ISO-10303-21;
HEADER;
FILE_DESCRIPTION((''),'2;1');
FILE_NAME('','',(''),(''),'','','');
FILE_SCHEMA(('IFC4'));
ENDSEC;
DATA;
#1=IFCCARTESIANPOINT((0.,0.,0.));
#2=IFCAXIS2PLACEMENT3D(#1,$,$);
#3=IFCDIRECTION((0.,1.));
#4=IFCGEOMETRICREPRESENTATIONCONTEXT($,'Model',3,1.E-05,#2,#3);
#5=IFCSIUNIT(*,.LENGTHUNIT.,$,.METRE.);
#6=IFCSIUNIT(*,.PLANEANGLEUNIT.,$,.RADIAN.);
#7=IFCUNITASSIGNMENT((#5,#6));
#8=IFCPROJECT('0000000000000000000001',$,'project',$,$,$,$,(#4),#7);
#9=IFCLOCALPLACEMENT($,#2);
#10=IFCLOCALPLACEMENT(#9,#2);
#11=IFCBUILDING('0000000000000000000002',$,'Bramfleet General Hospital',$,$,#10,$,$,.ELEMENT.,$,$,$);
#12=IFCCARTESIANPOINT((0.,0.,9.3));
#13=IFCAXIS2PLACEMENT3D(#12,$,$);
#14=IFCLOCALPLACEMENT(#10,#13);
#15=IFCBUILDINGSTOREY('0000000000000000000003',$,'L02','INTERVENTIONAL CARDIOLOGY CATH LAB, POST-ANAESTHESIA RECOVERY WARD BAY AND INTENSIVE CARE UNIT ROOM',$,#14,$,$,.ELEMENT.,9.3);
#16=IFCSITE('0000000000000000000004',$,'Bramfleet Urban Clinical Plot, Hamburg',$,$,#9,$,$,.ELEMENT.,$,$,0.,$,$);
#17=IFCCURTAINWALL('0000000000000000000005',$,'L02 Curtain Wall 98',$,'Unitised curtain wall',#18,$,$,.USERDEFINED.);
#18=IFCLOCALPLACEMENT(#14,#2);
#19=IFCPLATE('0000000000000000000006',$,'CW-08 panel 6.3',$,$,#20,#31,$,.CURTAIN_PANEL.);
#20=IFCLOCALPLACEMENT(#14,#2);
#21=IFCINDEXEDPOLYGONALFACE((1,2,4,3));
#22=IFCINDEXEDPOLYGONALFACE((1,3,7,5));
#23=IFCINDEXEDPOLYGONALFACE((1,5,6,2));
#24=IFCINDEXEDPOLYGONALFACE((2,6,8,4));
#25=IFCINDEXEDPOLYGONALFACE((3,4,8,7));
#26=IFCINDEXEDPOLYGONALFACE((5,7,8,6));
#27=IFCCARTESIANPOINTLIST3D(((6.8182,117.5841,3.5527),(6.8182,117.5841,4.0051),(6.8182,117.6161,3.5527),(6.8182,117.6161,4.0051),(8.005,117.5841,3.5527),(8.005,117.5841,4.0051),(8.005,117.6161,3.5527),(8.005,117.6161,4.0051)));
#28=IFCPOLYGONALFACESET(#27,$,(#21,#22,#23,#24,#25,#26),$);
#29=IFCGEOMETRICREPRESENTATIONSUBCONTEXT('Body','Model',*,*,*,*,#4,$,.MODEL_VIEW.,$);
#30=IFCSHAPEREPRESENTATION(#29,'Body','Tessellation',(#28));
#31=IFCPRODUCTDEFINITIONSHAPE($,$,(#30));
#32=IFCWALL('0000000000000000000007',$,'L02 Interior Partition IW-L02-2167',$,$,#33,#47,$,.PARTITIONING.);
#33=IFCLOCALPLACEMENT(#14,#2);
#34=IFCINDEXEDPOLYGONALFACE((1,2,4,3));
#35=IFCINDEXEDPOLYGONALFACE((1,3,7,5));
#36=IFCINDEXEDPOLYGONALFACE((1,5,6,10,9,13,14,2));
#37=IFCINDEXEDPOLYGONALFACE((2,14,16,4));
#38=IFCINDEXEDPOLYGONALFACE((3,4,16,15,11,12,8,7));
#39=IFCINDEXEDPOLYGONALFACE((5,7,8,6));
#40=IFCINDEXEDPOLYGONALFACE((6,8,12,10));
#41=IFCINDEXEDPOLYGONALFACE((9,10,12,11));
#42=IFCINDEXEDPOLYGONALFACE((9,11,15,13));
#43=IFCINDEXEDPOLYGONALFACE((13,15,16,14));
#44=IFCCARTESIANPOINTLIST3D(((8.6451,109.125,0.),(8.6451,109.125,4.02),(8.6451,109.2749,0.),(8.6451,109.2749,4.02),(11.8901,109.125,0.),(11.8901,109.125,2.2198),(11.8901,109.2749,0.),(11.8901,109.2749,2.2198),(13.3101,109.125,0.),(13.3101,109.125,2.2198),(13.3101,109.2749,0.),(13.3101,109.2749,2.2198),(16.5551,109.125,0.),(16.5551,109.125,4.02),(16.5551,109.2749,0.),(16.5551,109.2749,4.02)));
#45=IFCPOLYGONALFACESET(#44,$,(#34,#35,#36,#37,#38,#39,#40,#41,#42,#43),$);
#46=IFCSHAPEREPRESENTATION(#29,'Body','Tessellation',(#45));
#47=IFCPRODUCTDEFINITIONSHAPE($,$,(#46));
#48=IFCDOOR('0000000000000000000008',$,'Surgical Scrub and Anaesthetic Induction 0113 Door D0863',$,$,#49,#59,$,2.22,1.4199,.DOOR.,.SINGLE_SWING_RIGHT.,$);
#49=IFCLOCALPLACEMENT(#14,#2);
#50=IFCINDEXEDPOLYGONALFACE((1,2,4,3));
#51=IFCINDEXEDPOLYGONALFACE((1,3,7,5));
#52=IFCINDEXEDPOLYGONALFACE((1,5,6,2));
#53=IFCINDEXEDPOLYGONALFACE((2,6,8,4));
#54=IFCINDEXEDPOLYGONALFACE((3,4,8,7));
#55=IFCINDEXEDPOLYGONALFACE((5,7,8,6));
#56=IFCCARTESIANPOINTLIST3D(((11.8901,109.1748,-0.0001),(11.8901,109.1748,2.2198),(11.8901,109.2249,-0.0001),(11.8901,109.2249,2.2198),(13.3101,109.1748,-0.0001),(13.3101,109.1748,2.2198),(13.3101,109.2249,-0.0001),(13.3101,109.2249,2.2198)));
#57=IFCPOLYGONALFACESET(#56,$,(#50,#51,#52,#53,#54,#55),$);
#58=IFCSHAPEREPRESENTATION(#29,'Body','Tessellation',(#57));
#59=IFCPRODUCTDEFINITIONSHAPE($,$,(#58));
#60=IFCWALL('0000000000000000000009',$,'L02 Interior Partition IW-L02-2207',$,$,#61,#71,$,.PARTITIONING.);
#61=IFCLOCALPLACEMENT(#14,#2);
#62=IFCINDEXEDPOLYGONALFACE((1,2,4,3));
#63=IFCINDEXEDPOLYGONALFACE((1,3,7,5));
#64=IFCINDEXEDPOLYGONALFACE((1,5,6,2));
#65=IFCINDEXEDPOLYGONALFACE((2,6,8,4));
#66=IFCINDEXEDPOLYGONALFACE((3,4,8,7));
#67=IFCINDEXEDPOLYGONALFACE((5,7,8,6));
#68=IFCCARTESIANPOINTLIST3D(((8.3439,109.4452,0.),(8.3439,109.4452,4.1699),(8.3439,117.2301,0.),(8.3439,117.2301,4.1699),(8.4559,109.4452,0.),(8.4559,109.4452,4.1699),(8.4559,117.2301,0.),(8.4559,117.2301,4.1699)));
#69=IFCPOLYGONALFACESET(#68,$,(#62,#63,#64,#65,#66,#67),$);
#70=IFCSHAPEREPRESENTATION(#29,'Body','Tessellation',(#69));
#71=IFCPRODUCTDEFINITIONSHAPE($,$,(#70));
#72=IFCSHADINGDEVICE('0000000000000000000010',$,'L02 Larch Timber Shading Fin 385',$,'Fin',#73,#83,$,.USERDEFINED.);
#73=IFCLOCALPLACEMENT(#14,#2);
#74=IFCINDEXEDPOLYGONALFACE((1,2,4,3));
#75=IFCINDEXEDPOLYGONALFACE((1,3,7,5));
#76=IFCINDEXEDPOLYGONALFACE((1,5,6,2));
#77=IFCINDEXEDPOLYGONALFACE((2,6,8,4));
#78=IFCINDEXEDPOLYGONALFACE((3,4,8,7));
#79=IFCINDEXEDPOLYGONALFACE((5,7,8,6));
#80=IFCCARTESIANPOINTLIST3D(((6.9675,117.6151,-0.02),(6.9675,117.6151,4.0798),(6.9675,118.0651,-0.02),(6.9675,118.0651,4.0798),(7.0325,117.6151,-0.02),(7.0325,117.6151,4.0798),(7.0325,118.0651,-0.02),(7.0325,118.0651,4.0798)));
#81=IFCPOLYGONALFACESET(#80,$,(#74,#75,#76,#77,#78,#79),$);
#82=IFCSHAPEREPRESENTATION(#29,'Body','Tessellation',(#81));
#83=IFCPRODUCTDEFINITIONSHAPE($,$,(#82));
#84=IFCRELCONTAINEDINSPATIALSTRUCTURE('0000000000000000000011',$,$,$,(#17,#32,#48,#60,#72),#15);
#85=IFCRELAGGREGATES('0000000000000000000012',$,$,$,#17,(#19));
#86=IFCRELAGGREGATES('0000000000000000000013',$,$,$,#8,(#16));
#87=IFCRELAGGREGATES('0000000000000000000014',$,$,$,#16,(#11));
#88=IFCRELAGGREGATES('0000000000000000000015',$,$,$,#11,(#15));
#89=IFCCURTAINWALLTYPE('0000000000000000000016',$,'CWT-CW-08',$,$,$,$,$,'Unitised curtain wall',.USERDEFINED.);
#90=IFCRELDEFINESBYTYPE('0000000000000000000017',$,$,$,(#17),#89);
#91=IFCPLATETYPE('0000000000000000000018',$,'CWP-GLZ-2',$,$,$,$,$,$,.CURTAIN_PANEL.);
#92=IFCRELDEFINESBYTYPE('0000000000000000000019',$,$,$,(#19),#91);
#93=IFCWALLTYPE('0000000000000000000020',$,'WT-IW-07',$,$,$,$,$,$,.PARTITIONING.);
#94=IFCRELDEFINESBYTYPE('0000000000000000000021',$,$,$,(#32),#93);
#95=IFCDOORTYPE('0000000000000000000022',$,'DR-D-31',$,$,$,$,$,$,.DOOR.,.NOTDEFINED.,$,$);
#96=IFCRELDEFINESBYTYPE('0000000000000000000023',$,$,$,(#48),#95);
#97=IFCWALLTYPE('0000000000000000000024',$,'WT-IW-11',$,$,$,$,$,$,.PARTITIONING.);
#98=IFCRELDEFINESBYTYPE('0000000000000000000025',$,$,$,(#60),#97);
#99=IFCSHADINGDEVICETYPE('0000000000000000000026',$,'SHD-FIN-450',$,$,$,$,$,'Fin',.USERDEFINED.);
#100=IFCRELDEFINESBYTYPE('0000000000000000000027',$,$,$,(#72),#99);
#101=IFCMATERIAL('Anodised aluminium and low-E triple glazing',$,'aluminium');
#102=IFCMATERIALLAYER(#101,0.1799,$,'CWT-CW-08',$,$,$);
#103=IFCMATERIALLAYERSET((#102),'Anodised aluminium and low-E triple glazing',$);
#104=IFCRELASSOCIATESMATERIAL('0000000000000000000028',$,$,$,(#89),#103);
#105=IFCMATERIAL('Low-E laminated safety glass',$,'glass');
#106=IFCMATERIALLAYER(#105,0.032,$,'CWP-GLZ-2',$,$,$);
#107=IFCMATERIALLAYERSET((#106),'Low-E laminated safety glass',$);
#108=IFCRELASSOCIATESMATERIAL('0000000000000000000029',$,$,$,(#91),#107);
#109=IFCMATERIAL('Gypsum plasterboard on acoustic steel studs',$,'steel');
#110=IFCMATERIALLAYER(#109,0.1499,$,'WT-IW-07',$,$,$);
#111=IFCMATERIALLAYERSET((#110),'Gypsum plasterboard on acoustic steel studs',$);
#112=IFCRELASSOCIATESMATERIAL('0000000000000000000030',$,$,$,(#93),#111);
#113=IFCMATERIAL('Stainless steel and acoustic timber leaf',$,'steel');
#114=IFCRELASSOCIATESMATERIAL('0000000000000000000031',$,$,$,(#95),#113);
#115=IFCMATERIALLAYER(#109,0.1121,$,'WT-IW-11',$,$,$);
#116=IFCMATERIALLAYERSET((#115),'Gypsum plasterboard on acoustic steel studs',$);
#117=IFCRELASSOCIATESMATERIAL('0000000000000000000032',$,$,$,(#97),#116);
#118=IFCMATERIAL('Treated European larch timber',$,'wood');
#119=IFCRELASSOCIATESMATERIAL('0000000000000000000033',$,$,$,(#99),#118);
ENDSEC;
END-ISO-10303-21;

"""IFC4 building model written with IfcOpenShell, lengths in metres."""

from ifc_helpers import new_model, si_unit, direction, frame, frame_2d, origin, origin_2d, place, context, subcontext, project, spatial, rectangle, extrude, material, layer, layer_set, material_profile, profile_set, type_object, element, fill, aggregate, save


model = new_model("IFC4")

# Units and contexts
model_context = context("Model", 3, precision=1e-05, world=origin(), true_north=direction((0.0, 1.0)))
body_context = subcontext(model_context, "Body", "Model", "MODEL_VIEW")
ifc_project = project(units=[si_unit("LENGTHUNIT", "METRE"), si_unit("PLANEANGLEUNIT", "RADIAN")], contexts=[model_context])

# Site, building, storey
site_placement = place(None, origin())
site = spatial("IfcSite", under=ifc_project, at=site_placement, Name="Bramfleet Urban Clinical Plot, Hamburg", CompositionType="ELEMENT", RefElevation=0.0)
building_placement = place(site_placement, origin())
building = spatial("IfcBuilding", under=site, at=building_placement, Name="Bramfleet General Hospital", CompositionType="ELEMENT")
storey_placement = place(building_placement, frame((0.0, 0.0, 9.3)))
storey = spatial("IfcBuildingStorey", under=building, at=storey_placement, Name="L02", Description="INTERVENTIONAL CARDIOLOGY CATH LAB, POST-ANAESTHESIA RECOVERY WARD BAY AND INTENSIVE CARE UNIT ROOM", CompositionType="ELEMENT", Elevation=9.3)

# Curtain wall, plate
ifc_material_1 = material(Name="Anodised aluminium and low-E triple glazing", Category="aluminium")
ifc_layer_1 = layer(ifc_material_1, 0.1799, Name="CWT-CW-08")
ifc_layer_set_1 = layer_set([ifc_layer_1], Name="Anodised aluminium and low-E triple glazing")
curtain_wall_type = type_object("IfcCurtainWallType", Name="CWT-CW-08", ElementType="Unitised curtain wall", PredefinedType="USERDEFINED", material=ifc_layer_set_1)
curtain_wall_placement = place(storey_placement, origin())
curtain_wall = element("IfcCurtainWall", 1, at=curtain_wall_placement, inside=storey, type_object=curtain_wall_type, Name="L02 Curtain Wall 98", ObjectType="Unitised curtain wall", PredefinedType="USERDEFINED")
ifc_material_2 = material(Name="Low-E laminated safety glass", Category="glass")
ifc_layer_2 = layer(ifc_material_2, 0.032, Name="CWP-GLZ-2")
ifc_layer_set_2 = layer_set([ifc_layer_2], Name="Low-E laminated safety glass")
plate_type = type_object("IfcPlateType", Name="CWP-GLZ-2", PredefinedType="CURTAIN_PANEL", material=ifc_layer_set_2)
plate_1_placement = place(storey_placement, frame((7.4116, 117.6001, 3.5527), z_axis=(0.0, 0.0, 1.0), x_axis=(1.0, 0.0, 0.0)))
plate_1 = element("IfcPlate", 2, at=plate_1_placement, type_object=plate_type, Name="CW-08 panel 6.3", PredefinedType="CURTAIN_PANEL", context=body_context, shape_type="SweptSolid", body=[
    extrude(rectangle(XDim=1.1868, YDim=0.032, at=origin_2d()), origin(), (0.0, 0.0, 1.0), 0.4524),
])
aggregate(curtain_wall, [plate_1])

# Wall, opening, door
ifc_material_3 = material(Name="Gypsum plasterboard on acoustic steel studs", Category="steel")
ifc_layer_3 = layer(ifc_material_3, 0.1499, Name="WT-IW-07")
ifc_layer_set_3 = layer_set([ifc_layer_3], Name="Gypsum plasterboard on acoustic steel studs")
wall_type_1 = type_object("IfcWallType", Name="WT-IW-07", PredefinedType="PARTITIONING", material=ifc_layer_set_3)
wall_1_placement = place(storey_placement, frame((8.645, 109.2, 0.0), z_axis=(0.0, 0.0, 1.0), x_axis=(1.0, 0.0, 0.0)))
wall_1 = element("IfcWall", 3, at=wall_1_placement, inside=storey, type_object=wall_type_1, Name="L02 Interior Partition IW-L02-2167", PredefinedType="PARTITIONING", context=body_context, shape_type="SweptSolid", body=[
    extrude(rectangle(XDim=7.9099, YDim=0.1499, at=frame_2d((3.9551, 0.0))), origin(), (0.0, 0.0, 1.0), 4.02),
])
opening_placement = place(wall_1_placement, frame((3.2451, 0.0, 0.0)))
opening = element("IfcOpeningElement", 4, at=opening_placement, cuts=wall_1, PredefinedType="OPENING", context=body_context, shape_type="SweptSolid", body=[
    extrude(rectangle(XDim=1.4199, YDim=2.22, at=frame_2d((0.71, 1.1099))), frame((0.0, 0.085, 0.0), z_axis=(0.0, -1.0, 0.0), x_axis=(1.0, 0.0, 0.0)), (0.0, 0.0, 1.0), 0.1699),
])
ifc_material_4 = material(Name="Stainless steel and acoustic timber leaf", Category="steel")
door_type = type_object("IfcDoorType", Name="DR-D-31", OperationType="NOTDEFINED", PredefinedType="DOOR", material=ifc_material_4)
door_placement = place(opening_placement, origin())
door = element("IfcDoor", 5, at=door_placement, inside=storey, type_object=door_type, Name="Surgical Scrub and Anaesthetic Induction 0113 Door D0863", OperationType="SINGLE_SWING_RIGHT", OverallHeight=2.22, OverallWidth=1.4199, PredefinedType="DOOR", context=body_context, shape_type="SweptSolid", body=[
    extrude(rectangle(XDim=1.4199, YDim=2.22, at=frame_2d((0.71, 1.1099))), frame((0.0, 0.0249, 0.0), z_axis=(0.0, -1.0, 0.0), x_axis=(1.0, 0.0, 0.0)), (0.0, 0.0, 1.0), 0.05),
])
fill(opening, door)

# Wall
ifc_layer_4 = layer(ifc_material_3, 0.1121, Name="WT-IW-11")
ifc_layer_set_4 = layer_set([ifc_layer_4], Name="Gypsum plasterboard on acoustic steel studs")
wall_type_2 = type_object("IfcWallType", Name="WT-IW-11", PredefinedType="PARTITIONING", material=ifc_layer_set_4)
wall_2_placement = place(storey_placement, frame((8.3999, 109.4451, 0.0), z_axis=(0.0, 0.0, 1.0), x_axis=(0.0, 1.0, 0.0)))
element("IfcWall", 6, at=wall_2_placement, inside=storey, type_object=wall_type_2, Name="L02 Interior Partition IW-L02-2207", PredefinedType="PARTITIONING", context=body_context, shape_type="SweptSolid", body=[
    extrude(rectangle(XDim=7.7849, YDim=0.1121, at=frame_2d((3.8926, 0.0))), origin(), (0.0, 0.0, 1.0), 4.1699),
])

# Shading device
ifc_material_5 = material(Name="Treated European larch timber", Category="wood")
ifc_material_profile_1 = material_profile(ifc_material_5, rectangle(XDim=0.0649, YDim=0.45, at=origin_2d()), Name="LARCH FIN 450x65")
ifc_profile_set_1 = profile_set([ifc_material_profile_1], Name="Treated European larch timber")
shading_device_type = type_object("IfcShadingDeviceType", Name="SHD-FIN-450", ElementType="Fin", PredefinedType="USERDEFINED", material=ifc_profile_set_1)
shading_device_placement = place(storey_placement, frame((7.0, 117.8401, -0.02), z_axis=(0.0, 0.0, 1.0), x_axis=(1.0, 0.0, 0.0)))
element("IfcShadingDevice", 7, at=shading_device_placement, inside=storey, type_object=shading_device_type, Name="L02 Larch Timber Shading Fin 385", ObjectType="Fin", PredefinedType="USERDEFINED", context=body_context, shape_type="SweptSolid", body=[
    extrude(rectangle(XDim=0.0649, YDim=0.45, at=origin_2d()), origin(), (0.0, 0.0, 1.0), 4.0999),
])

save(model, "model.ifc")
